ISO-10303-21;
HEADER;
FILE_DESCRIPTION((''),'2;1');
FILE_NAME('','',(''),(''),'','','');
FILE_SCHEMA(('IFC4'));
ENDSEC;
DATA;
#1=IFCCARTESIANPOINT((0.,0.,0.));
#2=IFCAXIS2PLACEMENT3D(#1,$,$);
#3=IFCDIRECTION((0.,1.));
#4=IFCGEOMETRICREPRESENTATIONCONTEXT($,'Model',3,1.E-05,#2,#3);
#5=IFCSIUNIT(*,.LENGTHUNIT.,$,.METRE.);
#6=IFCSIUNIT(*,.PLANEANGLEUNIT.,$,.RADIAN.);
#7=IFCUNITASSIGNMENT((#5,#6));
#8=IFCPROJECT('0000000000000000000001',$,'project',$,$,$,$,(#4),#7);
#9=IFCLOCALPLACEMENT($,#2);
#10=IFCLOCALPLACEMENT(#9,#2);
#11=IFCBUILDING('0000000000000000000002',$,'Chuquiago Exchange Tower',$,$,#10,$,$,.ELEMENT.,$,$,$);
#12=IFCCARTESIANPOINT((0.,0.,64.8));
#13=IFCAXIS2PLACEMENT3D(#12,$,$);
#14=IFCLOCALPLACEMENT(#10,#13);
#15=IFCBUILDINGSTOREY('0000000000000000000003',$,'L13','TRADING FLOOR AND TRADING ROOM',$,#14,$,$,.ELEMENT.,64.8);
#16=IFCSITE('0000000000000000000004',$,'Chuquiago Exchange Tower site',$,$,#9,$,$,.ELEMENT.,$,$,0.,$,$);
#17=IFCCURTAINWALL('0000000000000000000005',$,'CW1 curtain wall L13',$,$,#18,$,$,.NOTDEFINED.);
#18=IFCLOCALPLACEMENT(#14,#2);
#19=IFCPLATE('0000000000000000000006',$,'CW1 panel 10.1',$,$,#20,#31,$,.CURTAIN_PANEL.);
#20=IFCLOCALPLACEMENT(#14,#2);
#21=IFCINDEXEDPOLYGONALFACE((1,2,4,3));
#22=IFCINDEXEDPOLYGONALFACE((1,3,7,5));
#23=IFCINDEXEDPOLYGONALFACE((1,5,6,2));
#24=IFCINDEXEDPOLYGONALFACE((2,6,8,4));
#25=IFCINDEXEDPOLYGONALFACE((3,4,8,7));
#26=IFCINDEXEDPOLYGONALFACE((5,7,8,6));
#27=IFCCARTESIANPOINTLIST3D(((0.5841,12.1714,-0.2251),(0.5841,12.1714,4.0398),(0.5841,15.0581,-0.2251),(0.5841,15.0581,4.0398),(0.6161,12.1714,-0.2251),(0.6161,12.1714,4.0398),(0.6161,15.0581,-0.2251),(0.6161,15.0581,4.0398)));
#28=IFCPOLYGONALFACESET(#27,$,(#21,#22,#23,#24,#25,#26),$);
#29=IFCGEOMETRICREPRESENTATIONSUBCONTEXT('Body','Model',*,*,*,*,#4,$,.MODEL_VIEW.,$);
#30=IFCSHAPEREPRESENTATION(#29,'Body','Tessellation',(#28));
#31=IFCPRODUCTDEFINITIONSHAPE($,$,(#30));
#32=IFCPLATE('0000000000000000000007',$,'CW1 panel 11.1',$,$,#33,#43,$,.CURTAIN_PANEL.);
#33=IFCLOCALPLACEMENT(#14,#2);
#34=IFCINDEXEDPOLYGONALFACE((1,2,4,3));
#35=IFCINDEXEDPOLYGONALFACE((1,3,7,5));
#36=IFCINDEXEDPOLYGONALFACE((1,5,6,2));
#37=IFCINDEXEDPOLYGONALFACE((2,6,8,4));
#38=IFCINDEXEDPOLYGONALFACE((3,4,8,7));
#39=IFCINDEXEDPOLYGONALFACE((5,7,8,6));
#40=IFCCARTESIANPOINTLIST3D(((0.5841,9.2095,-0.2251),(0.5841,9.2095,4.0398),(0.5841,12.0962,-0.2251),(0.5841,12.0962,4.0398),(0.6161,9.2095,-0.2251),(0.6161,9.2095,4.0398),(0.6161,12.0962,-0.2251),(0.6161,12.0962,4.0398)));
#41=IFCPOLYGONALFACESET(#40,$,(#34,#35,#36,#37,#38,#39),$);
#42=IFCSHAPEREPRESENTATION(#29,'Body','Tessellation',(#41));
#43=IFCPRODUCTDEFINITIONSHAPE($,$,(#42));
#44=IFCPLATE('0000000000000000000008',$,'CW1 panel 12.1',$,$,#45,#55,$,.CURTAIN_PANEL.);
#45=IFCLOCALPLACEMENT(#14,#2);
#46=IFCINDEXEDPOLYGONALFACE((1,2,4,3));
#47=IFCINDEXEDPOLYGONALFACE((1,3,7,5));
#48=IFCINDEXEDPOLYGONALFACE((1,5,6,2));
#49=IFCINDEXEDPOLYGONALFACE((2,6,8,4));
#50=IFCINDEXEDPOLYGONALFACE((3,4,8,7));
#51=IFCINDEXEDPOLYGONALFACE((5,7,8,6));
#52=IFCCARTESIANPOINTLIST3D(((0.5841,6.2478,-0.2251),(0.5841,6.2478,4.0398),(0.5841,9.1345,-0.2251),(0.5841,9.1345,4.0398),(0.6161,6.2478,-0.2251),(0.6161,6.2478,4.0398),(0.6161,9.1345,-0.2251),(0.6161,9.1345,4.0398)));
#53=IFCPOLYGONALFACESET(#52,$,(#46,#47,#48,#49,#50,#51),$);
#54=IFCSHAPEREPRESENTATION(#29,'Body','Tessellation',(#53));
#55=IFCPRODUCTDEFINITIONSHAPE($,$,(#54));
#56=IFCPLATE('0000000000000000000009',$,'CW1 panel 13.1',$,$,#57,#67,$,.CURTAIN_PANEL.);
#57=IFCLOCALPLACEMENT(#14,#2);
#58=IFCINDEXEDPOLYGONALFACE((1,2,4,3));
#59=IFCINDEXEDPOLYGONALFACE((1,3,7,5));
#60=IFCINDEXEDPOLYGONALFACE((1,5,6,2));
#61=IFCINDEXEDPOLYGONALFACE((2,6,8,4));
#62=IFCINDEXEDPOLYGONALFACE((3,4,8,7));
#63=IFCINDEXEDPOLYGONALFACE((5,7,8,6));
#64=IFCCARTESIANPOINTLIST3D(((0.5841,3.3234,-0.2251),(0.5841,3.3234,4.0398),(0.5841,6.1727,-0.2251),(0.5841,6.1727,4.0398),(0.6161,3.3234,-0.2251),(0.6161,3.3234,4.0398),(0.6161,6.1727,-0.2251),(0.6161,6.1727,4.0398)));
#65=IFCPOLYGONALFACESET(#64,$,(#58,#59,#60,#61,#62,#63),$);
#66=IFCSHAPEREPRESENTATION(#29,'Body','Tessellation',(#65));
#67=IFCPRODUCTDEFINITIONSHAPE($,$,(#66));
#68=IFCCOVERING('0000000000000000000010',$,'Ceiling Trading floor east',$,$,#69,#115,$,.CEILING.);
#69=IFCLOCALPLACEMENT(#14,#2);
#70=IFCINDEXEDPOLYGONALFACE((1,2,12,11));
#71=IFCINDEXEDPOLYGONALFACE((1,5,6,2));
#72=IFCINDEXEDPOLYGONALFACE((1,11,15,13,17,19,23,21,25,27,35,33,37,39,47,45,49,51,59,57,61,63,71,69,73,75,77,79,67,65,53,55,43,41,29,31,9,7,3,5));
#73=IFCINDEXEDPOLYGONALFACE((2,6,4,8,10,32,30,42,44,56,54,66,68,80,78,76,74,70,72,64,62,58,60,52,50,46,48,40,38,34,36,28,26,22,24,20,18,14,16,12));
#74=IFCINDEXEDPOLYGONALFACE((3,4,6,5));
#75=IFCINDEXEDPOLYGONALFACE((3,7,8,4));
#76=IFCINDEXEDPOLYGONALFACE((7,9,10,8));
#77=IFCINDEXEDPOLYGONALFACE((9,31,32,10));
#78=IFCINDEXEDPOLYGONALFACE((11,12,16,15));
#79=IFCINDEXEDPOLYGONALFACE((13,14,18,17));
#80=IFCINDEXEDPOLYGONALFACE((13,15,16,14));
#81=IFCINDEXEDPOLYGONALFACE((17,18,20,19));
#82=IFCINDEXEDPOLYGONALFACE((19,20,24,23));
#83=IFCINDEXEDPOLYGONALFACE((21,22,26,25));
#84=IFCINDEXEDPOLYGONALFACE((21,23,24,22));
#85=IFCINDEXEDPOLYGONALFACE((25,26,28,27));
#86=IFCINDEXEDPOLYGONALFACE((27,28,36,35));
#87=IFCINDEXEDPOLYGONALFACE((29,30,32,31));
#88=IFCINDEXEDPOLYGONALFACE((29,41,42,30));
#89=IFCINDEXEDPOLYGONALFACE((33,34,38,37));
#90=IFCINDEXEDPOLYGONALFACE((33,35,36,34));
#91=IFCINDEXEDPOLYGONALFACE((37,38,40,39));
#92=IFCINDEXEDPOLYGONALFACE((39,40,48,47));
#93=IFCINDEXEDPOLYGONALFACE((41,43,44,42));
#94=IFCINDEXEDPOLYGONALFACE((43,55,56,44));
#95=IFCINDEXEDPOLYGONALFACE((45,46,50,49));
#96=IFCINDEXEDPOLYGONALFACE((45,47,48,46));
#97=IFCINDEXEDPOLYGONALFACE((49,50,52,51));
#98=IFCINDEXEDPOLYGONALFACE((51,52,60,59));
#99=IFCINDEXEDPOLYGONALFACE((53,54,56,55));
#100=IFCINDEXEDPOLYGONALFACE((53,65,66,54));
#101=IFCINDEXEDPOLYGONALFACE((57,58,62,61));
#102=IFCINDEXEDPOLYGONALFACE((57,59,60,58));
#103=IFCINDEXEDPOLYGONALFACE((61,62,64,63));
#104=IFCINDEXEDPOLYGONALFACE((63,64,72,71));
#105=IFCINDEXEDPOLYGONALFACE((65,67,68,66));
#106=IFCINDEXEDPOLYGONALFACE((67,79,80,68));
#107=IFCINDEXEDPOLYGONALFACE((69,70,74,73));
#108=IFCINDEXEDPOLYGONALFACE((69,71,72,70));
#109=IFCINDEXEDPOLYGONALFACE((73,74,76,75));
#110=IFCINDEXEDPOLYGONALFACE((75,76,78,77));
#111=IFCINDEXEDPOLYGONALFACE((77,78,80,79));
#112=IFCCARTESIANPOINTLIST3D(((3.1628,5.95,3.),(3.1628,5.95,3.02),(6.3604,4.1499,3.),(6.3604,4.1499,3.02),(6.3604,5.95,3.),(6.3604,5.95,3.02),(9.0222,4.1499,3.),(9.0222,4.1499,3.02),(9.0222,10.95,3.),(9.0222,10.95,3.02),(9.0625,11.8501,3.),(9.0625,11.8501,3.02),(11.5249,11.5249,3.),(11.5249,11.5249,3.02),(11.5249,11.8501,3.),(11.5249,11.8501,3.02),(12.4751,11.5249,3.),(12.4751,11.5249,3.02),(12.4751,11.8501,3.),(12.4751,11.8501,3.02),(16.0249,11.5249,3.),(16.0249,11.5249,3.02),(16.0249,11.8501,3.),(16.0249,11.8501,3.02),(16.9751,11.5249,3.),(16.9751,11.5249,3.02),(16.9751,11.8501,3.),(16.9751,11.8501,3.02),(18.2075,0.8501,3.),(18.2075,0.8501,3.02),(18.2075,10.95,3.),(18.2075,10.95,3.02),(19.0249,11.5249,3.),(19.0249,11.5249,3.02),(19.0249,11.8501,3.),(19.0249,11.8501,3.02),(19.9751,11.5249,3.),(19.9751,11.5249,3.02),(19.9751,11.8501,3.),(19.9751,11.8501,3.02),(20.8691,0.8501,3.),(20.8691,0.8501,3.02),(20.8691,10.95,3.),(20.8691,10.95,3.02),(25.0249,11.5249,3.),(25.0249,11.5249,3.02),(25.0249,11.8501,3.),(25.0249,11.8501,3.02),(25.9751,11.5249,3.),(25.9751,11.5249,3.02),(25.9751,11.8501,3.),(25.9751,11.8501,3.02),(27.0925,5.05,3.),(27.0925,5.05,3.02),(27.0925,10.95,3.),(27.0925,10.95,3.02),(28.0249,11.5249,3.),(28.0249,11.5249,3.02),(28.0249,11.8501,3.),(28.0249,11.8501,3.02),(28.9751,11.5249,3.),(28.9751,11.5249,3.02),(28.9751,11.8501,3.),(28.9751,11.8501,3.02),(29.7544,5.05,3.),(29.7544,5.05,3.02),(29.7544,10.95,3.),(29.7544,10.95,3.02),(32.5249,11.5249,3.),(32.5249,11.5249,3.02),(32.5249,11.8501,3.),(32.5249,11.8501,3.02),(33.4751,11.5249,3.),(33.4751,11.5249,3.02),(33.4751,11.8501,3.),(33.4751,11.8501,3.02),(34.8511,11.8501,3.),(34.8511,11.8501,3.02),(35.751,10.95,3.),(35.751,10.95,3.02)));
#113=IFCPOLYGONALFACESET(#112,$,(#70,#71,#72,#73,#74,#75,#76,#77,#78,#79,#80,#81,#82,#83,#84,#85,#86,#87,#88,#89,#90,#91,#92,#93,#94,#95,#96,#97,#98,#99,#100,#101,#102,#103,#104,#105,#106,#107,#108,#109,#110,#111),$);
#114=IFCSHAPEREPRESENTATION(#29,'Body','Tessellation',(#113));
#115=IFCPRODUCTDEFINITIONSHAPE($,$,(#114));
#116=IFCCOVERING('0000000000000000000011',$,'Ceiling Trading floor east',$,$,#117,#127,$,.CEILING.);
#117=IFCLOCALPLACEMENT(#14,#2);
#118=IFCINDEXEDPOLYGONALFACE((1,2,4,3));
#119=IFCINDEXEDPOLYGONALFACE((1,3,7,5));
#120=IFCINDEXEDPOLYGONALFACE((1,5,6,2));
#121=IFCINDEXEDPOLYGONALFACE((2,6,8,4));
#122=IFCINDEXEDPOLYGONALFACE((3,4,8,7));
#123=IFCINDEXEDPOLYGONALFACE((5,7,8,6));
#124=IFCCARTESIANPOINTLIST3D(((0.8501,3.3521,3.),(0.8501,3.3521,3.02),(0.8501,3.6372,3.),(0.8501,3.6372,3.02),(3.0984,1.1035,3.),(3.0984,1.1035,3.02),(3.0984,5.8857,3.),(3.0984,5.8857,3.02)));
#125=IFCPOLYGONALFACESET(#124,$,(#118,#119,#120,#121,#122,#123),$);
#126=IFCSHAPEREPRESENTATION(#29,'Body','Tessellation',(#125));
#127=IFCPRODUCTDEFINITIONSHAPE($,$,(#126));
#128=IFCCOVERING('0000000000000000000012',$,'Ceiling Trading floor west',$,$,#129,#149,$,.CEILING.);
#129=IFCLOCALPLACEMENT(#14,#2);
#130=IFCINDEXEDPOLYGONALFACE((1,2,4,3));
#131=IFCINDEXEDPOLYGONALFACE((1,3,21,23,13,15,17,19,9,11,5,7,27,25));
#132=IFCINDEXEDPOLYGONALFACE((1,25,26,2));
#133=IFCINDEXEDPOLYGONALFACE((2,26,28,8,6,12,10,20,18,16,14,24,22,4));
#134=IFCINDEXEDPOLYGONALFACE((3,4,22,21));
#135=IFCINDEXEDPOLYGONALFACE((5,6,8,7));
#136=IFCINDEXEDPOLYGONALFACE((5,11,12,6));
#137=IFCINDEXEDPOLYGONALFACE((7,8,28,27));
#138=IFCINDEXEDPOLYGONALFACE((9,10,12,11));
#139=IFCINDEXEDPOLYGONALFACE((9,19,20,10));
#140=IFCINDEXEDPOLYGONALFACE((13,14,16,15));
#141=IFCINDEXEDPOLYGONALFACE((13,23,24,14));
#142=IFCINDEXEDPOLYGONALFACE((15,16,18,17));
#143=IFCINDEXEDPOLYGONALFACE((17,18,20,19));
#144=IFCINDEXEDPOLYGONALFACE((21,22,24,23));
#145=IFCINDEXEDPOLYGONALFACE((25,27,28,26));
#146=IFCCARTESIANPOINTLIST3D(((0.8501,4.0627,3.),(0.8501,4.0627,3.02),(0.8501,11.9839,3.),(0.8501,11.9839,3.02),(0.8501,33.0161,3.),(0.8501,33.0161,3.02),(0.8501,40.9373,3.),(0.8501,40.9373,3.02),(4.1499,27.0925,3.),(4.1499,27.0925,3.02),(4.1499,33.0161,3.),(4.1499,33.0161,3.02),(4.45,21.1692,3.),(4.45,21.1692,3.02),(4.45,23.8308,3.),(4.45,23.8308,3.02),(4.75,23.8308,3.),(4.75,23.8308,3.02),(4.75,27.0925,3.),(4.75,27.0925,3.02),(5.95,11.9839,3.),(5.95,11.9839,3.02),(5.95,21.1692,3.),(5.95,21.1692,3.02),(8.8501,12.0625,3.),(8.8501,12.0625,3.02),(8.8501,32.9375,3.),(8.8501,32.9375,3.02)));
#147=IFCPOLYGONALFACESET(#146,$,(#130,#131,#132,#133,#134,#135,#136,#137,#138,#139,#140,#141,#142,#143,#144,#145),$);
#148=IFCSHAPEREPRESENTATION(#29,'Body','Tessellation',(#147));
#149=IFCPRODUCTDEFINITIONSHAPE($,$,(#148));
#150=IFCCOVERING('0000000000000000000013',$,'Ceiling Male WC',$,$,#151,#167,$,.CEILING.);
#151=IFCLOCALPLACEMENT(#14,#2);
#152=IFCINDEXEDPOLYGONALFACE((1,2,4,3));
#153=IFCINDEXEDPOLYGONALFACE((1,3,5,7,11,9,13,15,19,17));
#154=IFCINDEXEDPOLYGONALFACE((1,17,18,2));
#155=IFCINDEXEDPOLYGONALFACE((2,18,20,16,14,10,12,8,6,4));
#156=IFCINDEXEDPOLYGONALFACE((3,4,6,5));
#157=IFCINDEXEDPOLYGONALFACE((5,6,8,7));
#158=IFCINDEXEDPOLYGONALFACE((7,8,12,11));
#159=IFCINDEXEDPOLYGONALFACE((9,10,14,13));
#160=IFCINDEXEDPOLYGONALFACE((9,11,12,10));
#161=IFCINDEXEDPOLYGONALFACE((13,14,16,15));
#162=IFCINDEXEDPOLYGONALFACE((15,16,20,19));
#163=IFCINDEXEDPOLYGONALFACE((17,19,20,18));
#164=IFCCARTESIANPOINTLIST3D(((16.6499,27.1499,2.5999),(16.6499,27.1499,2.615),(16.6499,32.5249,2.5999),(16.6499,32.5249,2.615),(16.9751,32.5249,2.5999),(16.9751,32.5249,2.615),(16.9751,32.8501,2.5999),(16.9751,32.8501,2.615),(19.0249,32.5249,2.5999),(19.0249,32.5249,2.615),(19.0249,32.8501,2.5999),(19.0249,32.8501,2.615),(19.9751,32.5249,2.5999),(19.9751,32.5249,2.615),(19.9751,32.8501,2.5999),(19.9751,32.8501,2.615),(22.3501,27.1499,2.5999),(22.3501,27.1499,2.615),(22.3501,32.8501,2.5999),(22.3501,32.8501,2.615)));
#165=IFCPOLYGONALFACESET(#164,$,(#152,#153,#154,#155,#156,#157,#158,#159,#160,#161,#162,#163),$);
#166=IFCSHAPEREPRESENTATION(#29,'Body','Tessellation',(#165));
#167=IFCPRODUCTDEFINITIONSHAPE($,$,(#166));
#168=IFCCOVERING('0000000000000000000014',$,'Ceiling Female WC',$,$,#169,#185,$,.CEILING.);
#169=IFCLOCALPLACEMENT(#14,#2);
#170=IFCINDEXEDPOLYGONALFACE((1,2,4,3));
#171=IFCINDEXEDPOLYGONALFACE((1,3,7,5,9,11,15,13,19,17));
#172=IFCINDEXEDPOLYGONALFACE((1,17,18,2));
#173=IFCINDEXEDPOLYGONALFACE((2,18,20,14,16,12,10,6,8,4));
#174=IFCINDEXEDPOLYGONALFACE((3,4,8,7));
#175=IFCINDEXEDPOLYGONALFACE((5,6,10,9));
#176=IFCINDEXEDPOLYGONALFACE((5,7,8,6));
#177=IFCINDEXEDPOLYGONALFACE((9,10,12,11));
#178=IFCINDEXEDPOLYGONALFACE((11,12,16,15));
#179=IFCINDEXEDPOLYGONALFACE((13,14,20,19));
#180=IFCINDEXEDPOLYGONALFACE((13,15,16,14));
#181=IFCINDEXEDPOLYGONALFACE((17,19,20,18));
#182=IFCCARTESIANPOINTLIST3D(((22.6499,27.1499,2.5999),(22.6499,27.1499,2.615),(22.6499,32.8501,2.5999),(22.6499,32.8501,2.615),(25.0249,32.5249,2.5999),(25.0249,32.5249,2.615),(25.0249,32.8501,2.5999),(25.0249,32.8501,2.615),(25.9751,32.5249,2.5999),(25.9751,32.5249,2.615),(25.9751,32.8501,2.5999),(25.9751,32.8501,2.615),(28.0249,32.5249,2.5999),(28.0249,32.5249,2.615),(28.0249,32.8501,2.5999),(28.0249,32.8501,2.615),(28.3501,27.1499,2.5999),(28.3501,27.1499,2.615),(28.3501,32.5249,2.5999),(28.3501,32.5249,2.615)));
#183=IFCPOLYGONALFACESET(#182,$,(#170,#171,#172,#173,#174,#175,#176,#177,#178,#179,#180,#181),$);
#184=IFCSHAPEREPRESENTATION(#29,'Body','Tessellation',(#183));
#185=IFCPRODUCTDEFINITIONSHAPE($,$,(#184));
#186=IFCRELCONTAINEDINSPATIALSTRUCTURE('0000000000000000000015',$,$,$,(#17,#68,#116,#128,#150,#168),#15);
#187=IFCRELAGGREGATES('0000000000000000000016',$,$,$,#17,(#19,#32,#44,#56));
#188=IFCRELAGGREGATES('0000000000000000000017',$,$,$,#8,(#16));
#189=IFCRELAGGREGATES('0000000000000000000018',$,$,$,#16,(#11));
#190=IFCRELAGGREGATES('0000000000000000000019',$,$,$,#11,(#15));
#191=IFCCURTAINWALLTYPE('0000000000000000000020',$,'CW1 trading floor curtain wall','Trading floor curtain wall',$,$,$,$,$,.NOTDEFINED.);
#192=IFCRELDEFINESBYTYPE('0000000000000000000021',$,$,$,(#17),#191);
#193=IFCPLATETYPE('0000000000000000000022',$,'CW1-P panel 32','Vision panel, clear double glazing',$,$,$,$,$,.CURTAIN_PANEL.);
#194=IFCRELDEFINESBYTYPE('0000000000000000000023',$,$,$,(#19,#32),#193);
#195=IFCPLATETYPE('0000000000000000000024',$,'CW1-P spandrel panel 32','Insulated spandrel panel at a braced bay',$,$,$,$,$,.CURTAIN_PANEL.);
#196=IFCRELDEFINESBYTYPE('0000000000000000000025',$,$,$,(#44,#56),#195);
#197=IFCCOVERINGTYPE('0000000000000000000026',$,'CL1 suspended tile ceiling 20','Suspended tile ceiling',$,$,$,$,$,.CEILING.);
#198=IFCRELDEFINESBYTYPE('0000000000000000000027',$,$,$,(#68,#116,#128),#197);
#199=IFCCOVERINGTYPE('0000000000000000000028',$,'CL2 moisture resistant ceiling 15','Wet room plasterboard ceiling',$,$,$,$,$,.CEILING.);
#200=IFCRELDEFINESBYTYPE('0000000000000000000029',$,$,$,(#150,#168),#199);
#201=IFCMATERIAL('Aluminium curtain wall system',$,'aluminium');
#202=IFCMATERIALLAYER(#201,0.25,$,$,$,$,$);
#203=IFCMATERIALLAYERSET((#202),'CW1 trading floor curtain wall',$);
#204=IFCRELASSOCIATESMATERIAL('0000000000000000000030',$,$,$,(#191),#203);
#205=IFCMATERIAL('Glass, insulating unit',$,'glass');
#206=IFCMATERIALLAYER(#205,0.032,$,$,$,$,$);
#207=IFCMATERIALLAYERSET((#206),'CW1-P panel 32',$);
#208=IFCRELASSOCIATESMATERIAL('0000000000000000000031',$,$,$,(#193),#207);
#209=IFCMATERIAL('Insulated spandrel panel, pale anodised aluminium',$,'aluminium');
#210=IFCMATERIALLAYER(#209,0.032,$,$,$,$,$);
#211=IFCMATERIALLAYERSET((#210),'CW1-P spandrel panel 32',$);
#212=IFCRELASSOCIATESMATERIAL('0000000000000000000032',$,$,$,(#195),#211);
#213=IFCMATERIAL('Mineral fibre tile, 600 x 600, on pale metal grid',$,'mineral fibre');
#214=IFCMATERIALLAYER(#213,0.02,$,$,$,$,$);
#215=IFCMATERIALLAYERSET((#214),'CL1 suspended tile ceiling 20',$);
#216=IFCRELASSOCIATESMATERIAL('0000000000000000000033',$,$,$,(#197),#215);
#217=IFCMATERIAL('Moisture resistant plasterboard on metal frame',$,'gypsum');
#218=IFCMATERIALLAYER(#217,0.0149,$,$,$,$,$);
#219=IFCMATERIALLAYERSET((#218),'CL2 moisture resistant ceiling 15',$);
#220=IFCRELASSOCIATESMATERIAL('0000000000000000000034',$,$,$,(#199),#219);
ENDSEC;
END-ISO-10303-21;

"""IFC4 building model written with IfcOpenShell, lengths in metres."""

from ifc_helpers import new_model, si_unit, direction, frame, origin, origin_2d, place, context, subcontext, project, spatial, polyline, rectangle, outline, extrude, material, layer, layer_set, type_object, element, aggregate, save


model = new_model("IFC4")

# Units and contexts
model_context = context("Model", 3, precision=1e-05, world=origin(), true_north=direction((0.0, 1.0)))
body_context = subcontext(model_context, "Body", "Model", "MODEL_VIEW")
ifc_project = project(units=[si_unit("LENGTHUNIT", "METRE"), si_unit("PLANEANGLEUNIT", "RADIAN")], contexts=[model_context])

# Site, building, storey
site_placement = place(None, origin())
site = spatial("IfcSite", under=ifc_project, at=site_placement, Name="Chuquiago Exchange Tower site", CompositionType="ELEMENT", RefElevation=0.0)
building_placement = place(site_placement, origin())
building = spatial("IfcBuilding", under=site, at=building_placement, Name="Chuquiago Exchange Tower", CompositionType="ELEMENT")
storey_placement = place(building_placement, frame((0.0, 0.0, 64.8)))
storey = spatial("IfcBuildingStorey", under=building, at=storey_placement, Name="L13", Description="TRADING FLOOR AND TRADING ROOM", CompositionType="ELEMENT", Elevation=64.8)

# Curtain wall
ifc_material_1 = material(Name="Aluminium curtain wall system", Category="aluminium")
ifc_layer_1 = layer(ifc_material_1, 0.25)
ifc_layer_set_1 = layer_set([ifc_layer_1], Name="CW1 trading floor curtain wall")
curtain_wall_type = type_object("IfcCurtainWallType", Name="CW1 trading floor curtain wall", Description="Trading floor curtain wall", PredefinedType="NOTDEFINED", material=ifc_layer_set_1)
curtain_wall_placement = place(storey_placement, origin())
curtain_wall = element("IfcCurtainWall", 1, at=curtain_wall_placement, inside=storey, type_object=curtain_wall_type, Name="CW1 curtain wall L13", PredefinedType="NOTDEFINED")

# Plates
ifc_material_2 = material(Name="Glass, insulating unit", Category="glass")
ifc_layer_2 = layer(ifc_material_2, 0.032)
ifc_layer_set_2 = layer_set([ifc_layer_2], Name="CW1-P panel 32")
plate_type_1 = type_object("IfcPlateType", Name="CW1-P panel 32", Description="Vision panel, clear double glazing", PredefinedType="CURTAIN_PANEL", material=ifc_layer_set_2)
plate_1_placement = place(storey_placement, frame((0.6001, 13.6147, -0.2251), z_axis=(0.0, 0.0, 1.0), x_axis=(0.0, -1.0, 0.0)))
plate_1 = element("IfcPlate", 2, at=plate_1_placement, type_object=plate_type_1, Name="CW1 panel 10.1", PredefinedType="CURTAIN_PANEL", context=body_context, shape_type="SweptSolid", body=[
    extrude(rectangle(XDim=2.8867, YDim=0.032, at=origin_2d()), origin(), (0.0, 0.0, 1.0), 4.2649),
])
plate_2_placement = place(storey_placement, frame((0.6001, 10.6528, -0.2251), z_axis=(0.0, 0.0, 1.0), x_axis=(0.0, -1.0, 0.0)))
plate_2 = element("IfcPlate", 3, at=plate_2_placement, type_object=plate_type_1, Name="CW1 panel 11.1", PredefinedType="CURTAIN_PANEL", context=body_context, shape_type="SweptSolid", body=[
    extrude(rectangle(XDim=2.8867, YDim=0.032, at=origin_2d()), origin(), (0.0, 0.0, 1.0), 4.2649),
])
ifc_material_3 = material(Name="Insulated spandrel panel, pale anodised aluminium", Category="aluminium")
ifc_layer_3 = layer(ifc_material_3, 0.032)
ifc_layer_set_3 = layer_set([ifc_layer_3], Name="CW1-P spandrel panel 32")
plate_type_2 = type_object("IfcPlateType", Name="CW1-P spandrel panel 32", Description="Insulated spandrel panel at a braced bay", PredefinedType="CURTAIN_PANEL", material=ifc_layer_set_3)
plate_3_placement = place(storey_placement, frame((0.6001, 7.6912, -0.2251), z_axis=(0.0, 0.0, 1.0), x_axis=(0.0, -1.0, 0.0)))
plate_3 = element("IfcPlate", 4, at=plate_3_placement, type_object=plate_type_2, Name="CW1 panel 12.1", PredefinedType="CURTAIN_PANEL", context=body_context, shape_type="SweptSolid", body=[
    extrude(rectangle(XDim=2.8867, YDim=0.032, at=origin_2d()), origin(), (0.0, 0.0, 1.0), 4.2649),
])
plate_4_placement = place(storey_placement, frame((0.6001, 4.748, -0.2251), z_axis=(0.0, 0.0, 1.0), x_axis=(0.0, -1.0, 0.0)))
plate_4 = element("IfcPlate", 5, at=plate_4_placement, type_object=plate_type_2, Name="CW1 panel 13.1", PredefinedType="CURTAIN_PANEL", context=body_context, shape_type="SweptSolid", body=[
    extrude(rectangle(XDim=2.8494, YDim=0.032, at=origin_2d()), origin(), (0.0, 0.0, 1.0), 4.2649),
])
aggregate(curtain_wall, [plate_1, plate_2, plate_3, plate_4])

# Coverings
ifc_material_4 = material(Name="Mineral fibre tile, 600 x 600, on pale metal grid", Category="mineral fibre")
ifc_layer_4 = layer(ifc_material_4, 0.02)
ifc_layer_set_4 = layer_set([ifc_layer_4], Name="CL1 suspended tile ceiling 20")
covering_type_1 = type_object("IfcCoveringType", Name="CL1 suspended tile ceiling 20", Description="Suspended tile ceiling", PredefinedType="CEILING", material=ifc_layer_set_4)
covering_1_placement = place(storey_placement, frame((0.0, 0.0, 3.0)))
element("IfcCovering", 6, at=covering_1_placement, inside=storey, type_object=covering_type_1, Name="Ceiling Trading floor east", PredefinedType="CEILING", context=body_context, shape_type="SweptSolid", body=[
    extrude(outline(polyline([(9.0625, 11.8501), (11.5249, 11.8501), (11.5249, 11.5249), (12.4751, 11.5249), (12.4751, 11.8501), (16.0249, 11.8501), (16.0249, 11.5249), (16.9751, 11.5249), (16.9751, 11.8501), (19.0249, 11.8501), (19.0249, 11.5249), (19.9751, 11.5249), (19.9751, 11.8501), (25.0249, 11.8501), (25.0249, 11.5249), (25.9751, 11.5249), (25.9751, 11.8501), (28.0249, 11.8501), (28.0249, 11.5249), (28.9751, 11.5249), (28.9751, 11.8501), (32.5249, 11.8501), (32.5249, 11.5249), (33.4751, 11.5249), (33.4751, 11.8501), (34.8511, 11.8501), (35.751, 10.95), (29.7544, 10.95), (29.7544, 5.05), (27.0925, 5.05), (27.0925, 10.95), (20.8691, 10.95), (20.8691, 0.8501), (18.2075, 0.8501), (18.2075, 10.95), (9.0222, 10.95), (9.0222, 4.1499), (6.3604, 4.1499), (6.3604, 5.95), (3.1628, 5.95), (9.0625, 11.8501)])), origin(), (0.0, 0.0, 1.0), 0.02),
])
covering_2_placement = place(storey_placement, frame((0.0, 0.0, 3.0)))
element("IfcCovering", 7, at=covering_2_placement, inside=storey, type_object=covering_type_1, Name="Ceiling Trading floor east", PredefinedType="CEILING", context=body_context, shape_type="SweptSolid", body=[
    extrude(outline(polyline([(3.0984, 1.1035), (0.8501, 3.3521), (0.8501, 3.6372), (3.0984, 5.8857), (3.0984, 1.1035)])), origin(), (0.0, 0.0, 1.0), 0.02),
])
covering_3_placement = place(storey_placement, frame((0.0, 0.0, 3.0)))
element("IfcCovering", 8, at=covering_3_placement, inside=storey, type_object=covering_type_1, Name="Ceiling Trading floor west", PredefinedType="CEILING", context=body_context, shape_type="SweptSolid", body=[
    extrude(outline(polyline([(5.95, 21.1692), (4.45, 21.1692), (4.45, 23.8308), (4.75, 23.8308), (4.75, 27.0925), (4.1499, 27.0925), (4.1499, 33.0161), (0.8501, 33.0161), (0.8501, 40.9373), (8.8501, 32.9375), (8.8501, 12.0625), (0.8501, 4.0627), (0.8501, 11.9839), (5.95, 11.9839), (5.95, 21.1692)])), origin(), (0.0, 0.0, 1.0), 0.02),
])
ifc_material_5 = material(Name="Moisture resistant plasterboard on metal frame", Category="gypsum")
ifc_layer_5 = layer(ifc_material_5, 0.0149)
ifc_layer_set_5 = layer_set([ifc_layer_5], Name="CL2 moisture resistant ceiling 15")
covering_type_2 = type_object("IfcCoveringType", Name="CL2 moisture resistant ceiling 15", Description="Wet room plasterboard ceiling", PredefinedType="CEILING", material=ifc_layer_set_5)
covering_4_placement = place(storey_placement, frame((0.0, 0.0, 2.5999)))
element("IfcCovering", 9, at=covering_4_placement, inside=storey, type_object=covering_type_2, Name="Ceiling Male WC", PredefinedType="CEILING", context=body_context, shape_type="SweptSolid", body=[
    extrude(outline(polyline([(16.6499, 27.1499), (16.6499, 32.5249), (16.9751, 32.5249), (16.9751, 32.8501), (19.0249, 32.8501), (19.0249, 32.5249), (19.9751, 32.5249), (19.9751, 32.8501), (22.3501, 32.8501), (22.3501, 27.1499), (16.6499, 27.1499)])), origin(), (0.0, 0.0, 1.0), 0.0151),
])
covering_5_placement = place(storey_placement, frame((0.0, 0.0, 2.5999)))
element("IfcCovering", 10, at=covering_5_placement, inside=storey, type_object=covering_type_2, Name="Ceiling Female WC", PredefinedType="CEILING", context=body_context, shape_type="SweptSolid", body=[
    extrude(outline(polyline([(22.6499, 27.1499), (22.6499, 32.8501), (25.0249, 32.8501), (25.0249, 32.5249), (25.9751, 32.5249), (25.9751, 32.8501), (28.0249, 32.8501), (28.0249, 32.5249), (28.3501, 32.5249), (28.3501, 27.1499), (22.6499, 27.1499)])), origin(), (0.0, 0.0, 1.0), 0.0151),
])

save(model, "model.ifc")
